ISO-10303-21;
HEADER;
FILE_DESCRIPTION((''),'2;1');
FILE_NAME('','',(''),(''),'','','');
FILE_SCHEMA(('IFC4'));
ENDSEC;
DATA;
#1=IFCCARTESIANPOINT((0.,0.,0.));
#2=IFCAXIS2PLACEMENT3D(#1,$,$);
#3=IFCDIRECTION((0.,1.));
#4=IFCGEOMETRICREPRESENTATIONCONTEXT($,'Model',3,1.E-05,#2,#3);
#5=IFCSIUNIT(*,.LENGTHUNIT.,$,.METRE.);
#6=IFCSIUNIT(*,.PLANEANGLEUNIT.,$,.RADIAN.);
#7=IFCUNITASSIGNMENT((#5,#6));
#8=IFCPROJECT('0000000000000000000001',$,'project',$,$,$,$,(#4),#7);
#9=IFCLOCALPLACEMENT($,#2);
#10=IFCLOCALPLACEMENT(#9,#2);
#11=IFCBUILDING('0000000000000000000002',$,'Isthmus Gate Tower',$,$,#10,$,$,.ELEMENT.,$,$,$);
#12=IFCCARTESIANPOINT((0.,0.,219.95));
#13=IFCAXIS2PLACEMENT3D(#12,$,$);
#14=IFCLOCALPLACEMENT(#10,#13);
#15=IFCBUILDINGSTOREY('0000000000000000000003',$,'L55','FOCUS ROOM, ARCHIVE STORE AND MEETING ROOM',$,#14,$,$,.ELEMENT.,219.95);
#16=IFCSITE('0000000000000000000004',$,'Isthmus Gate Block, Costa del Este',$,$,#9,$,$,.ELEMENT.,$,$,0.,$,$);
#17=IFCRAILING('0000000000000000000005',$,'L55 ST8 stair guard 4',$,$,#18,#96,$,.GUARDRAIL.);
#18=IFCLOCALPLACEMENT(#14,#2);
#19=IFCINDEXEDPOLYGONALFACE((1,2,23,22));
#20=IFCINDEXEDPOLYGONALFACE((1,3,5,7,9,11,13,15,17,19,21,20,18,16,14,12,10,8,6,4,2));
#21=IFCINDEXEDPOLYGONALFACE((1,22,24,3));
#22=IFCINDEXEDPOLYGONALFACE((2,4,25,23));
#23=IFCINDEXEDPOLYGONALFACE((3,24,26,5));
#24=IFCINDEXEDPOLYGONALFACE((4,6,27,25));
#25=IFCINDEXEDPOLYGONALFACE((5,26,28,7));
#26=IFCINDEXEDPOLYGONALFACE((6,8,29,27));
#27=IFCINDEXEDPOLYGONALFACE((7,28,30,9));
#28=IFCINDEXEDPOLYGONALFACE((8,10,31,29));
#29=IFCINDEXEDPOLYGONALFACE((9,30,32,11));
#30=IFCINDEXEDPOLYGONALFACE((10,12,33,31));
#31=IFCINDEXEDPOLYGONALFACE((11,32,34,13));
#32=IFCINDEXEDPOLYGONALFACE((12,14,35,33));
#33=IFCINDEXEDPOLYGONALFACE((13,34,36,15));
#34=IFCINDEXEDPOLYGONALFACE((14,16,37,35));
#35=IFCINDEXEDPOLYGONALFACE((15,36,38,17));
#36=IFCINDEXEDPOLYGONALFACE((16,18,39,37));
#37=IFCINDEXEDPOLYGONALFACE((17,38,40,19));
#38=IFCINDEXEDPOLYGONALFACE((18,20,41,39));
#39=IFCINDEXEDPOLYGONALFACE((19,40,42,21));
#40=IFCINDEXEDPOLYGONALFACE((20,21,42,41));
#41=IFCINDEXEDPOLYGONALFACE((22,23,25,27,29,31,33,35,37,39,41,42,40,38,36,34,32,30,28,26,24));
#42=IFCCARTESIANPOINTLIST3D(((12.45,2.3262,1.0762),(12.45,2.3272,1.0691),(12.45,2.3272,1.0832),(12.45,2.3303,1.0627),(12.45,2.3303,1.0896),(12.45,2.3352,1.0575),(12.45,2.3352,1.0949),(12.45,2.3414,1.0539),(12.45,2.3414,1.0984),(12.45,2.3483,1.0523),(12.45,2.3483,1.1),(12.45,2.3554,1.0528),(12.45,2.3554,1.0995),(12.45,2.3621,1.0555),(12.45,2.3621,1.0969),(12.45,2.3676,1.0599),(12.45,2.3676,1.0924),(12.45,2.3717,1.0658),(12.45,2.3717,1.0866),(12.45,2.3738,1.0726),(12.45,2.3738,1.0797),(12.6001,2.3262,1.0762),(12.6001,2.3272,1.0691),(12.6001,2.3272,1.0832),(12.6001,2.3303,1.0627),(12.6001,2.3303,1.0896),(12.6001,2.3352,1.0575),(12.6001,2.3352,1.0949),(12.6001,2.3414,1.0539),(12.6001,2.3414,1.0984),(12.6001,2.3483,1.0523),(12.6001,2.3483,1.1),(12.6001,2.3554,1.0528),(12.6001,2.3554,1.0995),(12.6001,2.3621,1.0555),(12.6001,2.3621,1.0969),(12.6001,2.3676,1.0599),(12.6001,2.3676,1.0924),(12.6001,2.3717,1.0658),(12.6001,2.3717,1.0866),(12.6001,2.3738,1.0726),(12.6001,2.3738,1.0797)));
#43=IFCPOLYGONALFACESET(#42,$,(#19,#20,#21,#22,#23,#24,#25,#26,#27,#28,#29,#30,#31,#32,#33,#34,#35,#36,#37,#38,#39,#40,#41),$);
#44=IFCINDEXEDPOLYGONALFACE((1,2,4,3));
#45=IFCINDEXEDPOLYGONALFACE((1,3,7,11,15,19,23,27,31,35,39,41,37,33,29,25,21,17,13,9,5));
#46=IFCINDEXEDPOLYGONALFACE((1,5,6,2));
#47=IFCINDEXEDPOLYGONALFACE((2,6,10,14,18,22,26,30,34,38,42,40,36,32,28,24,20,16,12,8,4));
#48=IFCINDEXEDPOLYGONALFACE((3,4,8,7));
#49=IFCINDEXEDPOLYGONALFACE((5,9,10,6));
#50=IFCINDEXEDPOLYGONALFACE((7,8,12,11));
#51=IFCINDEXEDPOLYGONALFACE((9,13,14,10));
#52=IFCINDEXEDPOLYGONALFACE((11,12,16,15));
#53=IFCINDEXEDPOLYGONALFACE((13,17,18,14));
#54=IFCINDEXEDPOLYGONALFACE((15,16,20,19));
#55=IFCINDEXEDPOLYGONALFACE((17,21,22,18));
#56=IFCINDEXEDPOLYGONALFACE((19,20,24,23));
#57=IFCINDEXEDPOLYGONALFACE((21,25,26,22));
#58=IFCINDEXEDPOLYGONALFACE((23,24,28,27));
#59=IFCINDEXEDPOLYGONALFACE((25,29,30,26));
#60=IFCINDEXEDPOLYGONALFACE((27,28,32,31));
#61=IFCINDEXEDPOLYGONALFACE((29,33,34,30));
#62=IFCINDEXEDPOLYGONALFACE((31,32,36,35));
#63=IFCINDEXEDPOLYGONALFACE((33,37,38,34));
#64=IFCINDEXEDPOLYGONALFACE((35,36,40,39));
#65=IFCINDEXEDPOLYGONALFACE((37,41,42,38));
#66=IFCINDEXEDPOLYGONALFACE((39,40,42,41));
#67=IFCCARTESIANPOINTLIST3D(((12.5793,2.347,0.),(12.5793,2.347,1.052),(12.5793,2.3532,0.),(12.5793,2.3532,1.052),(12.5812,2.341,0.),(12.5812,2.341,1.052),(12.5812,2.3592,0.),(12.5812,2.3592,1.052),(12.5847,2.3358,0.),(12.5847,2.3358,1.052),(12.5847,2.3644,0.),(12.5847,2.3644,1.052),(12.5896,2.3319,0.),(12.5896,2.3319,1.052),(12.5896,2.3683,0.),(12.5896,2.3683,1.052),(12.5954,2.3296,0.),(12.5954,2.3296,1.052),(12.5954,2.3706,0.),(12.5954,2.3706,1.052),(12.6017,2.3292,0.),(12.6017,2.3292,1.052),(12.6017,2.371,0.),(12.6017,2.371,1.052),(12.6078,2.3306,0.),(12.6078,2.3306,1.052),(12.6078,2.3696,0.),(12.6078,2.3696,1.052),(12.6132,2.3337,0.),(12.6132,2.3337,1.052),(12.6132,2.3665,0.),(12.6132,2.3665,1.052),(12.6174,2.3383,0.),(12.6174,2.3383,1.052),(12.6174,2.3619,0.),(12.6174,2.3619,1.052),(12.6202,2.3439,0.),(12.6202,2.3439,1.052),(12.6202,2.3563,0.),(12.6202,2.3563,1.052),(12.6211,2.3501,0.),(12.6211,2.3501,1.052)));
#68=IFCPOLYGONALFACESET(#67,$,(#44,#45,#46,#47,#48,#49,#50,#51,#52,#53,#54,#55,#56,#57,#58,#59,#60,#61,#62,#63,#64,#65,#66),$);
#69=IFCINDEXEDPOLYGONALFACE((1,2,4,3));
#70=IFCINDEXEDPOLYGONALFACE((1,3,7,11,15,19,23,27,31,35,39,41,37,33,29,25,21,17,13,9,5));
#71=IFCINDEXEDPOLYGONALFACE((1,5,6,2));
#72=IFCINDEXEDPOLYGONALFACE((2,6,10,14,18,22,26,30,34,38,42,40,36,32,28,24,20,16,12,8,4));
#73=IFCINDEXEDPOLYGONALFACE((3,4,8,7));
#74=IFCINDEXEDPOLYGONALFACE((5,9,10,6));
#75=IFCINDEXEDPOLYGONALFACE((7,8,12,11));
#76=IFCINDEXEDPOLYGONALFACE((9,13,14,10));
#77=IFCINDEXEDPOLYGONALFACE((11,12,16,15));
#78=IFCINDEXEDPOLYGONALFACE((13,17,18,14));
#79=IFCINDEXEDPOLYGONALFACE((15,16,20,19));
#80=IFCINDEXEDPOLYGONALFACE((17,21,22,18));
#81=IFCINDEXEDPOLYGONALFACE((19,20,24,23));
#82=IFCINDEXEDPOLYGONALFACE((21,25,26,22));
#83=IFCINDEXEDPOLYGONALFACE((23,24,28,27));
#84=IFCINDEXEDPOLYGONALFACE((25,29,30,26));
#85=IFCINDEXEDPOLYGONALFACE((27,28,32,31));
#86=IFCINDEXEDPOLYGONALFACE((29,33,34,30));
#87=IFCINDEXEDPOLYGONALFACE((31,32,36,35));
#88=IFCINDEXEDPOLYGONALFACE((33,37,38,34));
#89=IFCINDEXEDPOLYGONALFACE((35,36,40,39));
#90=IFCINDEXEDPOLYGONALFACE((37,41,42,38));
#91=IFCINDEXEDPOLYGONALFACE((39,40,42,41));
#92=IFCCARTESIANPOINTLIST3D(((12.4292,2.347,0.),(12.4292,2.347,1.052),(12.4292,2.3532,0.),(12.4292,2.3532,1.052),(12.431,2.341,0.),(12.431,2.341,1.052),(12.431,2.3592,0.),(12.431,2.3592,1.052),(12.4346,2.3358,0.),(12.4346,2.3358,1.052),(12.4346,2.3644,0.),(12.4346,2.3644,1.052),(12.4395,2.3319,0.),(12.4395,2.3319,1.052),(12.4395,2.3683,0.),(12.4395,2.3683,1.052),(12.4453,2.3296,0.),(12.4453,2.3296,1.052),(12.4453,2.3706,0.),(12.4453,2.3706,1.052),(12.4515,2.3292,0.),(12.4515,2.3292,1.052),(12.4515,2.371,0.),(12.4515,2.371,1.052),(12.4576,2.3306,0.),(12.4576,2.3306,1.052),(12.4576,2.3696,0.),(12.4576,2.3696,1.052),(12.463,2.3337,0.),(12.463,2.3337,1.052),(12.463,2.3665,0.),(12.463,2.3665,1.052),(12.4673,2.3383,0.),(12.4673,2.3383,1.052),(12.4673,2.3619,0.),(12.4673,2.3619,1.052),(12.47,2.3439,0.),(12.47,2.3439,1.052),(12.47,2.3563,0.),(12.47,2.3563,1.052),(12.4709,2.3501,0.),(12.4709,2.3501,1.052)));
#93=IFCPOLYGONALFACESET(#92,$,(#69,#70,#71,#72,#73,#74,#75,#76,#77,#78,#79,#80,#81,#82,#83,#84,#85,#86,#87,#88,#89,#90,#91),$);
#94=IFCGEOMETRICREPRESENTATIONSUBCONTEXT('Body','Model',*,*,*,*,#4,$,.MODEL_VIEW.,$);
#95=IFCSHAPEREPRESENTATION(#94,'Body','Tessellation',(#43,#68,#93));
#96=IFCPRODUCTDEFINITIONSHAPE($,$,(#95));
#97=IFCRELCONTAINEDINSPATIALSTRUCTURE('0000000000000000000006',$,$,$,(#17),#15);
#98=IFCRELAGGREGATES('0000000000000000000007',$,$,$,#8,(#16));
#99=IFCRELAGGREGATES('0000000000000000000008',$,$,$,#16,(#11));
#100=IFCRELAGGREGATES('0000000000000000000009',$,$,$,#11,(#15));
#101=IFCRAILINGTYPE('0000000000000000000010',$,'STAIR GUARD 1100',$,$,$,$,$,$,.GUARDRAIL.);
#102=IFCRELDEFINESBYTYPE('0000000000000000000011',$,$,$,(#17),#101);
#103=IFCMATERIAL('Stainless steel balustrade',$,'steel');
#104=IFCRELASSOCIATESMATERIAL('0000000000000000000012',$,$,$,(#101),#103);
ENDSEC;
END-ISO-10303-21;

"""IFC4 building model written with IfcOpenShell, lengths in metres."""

from ifc_helpers import new_model, si_unit, direction, frame, origin, origin_2d, place, context, subcontext, project, spatial, circle, extrude, material, type_object, element, save


model = new_model("IFC4")

# Units and contexts
model_context = context("Model", 3, precision=1e-05, world=origin(), true_north=direction((0.0, 1.0)))
body_context = subcontext(model_context, "Body", "Model", "MODEL_VIEW")
ifc_project = project(units=[si_unit("LENGTHUNIT", "METRE"), si_unit("PLANEANGLEUNIT", "RADIAN")], contexts=[model_context])

# Site, building, storey
site_placement = place(None, origin())
site = spatial("IfcSite", under=ifc_project, at=site_placement, Name="Isthmus Gate Block, Costa del Este", CompositionType="ELEMENT", RefElevation=0.0)
building_placement = place(site_placement, origin())
building = spatial("IfcBuilding", under=site, at=building_placement, Name="Isthmus Gate Tower", CompositionType="ELEMENT")
storey_placement = place(building_placement, frame((0.0, 0.0, 219.95)))
storey = spatial("IfcBuildingStorey", under=building, at=storey_placement, Name="L55", Description="FOCUS ROOM, ARCHIVE STORE AND MEETING ROOM", CompositionType="ELEMENT", Elevation=219.95)

# Railing
ifc_material_1 = material(Name="Stainless steel balustrade", Category="steel")
railing_type_1 = type_object("IfcRailingType", Name="STAIR GUARD 1100", PredefinedType="GUARDRAIL", material=ifc_material_1)
railing_1_placement = place(storey_placement, frame((12.6001, 2.3501, 0.0)))
element("IfcRailing", 1, at=railing_1_placement, inside=storey, type_object=railing_type_1, Name="L55 ST8 stair guard 4", PredefinedType="GUARDRAIL", context=body_context, shape_type="SweptSolid", body=[
    extrude(circle(Radius=0.0239, at=origin_2d()), frame((0.0, 0.0, 1.0762), z_axis=(-1.0, 0.0, 0.0), x_axis=(0.0, -1.0, 0.0)), (0.0, 0.0, 1.0), 0.1501),
    extrude(circle(Radius=0.021, at=origin_2d()), origin(), (0.0, 0.0, 1.0), 1.052),
    extrude(circle(Radius=0.021, at=origin_2d()), frame((-0.1501, 0.0, 0.0)), (0.0, 0.0, 1.0), 1.052),
])

save(model, "model.ifc")
